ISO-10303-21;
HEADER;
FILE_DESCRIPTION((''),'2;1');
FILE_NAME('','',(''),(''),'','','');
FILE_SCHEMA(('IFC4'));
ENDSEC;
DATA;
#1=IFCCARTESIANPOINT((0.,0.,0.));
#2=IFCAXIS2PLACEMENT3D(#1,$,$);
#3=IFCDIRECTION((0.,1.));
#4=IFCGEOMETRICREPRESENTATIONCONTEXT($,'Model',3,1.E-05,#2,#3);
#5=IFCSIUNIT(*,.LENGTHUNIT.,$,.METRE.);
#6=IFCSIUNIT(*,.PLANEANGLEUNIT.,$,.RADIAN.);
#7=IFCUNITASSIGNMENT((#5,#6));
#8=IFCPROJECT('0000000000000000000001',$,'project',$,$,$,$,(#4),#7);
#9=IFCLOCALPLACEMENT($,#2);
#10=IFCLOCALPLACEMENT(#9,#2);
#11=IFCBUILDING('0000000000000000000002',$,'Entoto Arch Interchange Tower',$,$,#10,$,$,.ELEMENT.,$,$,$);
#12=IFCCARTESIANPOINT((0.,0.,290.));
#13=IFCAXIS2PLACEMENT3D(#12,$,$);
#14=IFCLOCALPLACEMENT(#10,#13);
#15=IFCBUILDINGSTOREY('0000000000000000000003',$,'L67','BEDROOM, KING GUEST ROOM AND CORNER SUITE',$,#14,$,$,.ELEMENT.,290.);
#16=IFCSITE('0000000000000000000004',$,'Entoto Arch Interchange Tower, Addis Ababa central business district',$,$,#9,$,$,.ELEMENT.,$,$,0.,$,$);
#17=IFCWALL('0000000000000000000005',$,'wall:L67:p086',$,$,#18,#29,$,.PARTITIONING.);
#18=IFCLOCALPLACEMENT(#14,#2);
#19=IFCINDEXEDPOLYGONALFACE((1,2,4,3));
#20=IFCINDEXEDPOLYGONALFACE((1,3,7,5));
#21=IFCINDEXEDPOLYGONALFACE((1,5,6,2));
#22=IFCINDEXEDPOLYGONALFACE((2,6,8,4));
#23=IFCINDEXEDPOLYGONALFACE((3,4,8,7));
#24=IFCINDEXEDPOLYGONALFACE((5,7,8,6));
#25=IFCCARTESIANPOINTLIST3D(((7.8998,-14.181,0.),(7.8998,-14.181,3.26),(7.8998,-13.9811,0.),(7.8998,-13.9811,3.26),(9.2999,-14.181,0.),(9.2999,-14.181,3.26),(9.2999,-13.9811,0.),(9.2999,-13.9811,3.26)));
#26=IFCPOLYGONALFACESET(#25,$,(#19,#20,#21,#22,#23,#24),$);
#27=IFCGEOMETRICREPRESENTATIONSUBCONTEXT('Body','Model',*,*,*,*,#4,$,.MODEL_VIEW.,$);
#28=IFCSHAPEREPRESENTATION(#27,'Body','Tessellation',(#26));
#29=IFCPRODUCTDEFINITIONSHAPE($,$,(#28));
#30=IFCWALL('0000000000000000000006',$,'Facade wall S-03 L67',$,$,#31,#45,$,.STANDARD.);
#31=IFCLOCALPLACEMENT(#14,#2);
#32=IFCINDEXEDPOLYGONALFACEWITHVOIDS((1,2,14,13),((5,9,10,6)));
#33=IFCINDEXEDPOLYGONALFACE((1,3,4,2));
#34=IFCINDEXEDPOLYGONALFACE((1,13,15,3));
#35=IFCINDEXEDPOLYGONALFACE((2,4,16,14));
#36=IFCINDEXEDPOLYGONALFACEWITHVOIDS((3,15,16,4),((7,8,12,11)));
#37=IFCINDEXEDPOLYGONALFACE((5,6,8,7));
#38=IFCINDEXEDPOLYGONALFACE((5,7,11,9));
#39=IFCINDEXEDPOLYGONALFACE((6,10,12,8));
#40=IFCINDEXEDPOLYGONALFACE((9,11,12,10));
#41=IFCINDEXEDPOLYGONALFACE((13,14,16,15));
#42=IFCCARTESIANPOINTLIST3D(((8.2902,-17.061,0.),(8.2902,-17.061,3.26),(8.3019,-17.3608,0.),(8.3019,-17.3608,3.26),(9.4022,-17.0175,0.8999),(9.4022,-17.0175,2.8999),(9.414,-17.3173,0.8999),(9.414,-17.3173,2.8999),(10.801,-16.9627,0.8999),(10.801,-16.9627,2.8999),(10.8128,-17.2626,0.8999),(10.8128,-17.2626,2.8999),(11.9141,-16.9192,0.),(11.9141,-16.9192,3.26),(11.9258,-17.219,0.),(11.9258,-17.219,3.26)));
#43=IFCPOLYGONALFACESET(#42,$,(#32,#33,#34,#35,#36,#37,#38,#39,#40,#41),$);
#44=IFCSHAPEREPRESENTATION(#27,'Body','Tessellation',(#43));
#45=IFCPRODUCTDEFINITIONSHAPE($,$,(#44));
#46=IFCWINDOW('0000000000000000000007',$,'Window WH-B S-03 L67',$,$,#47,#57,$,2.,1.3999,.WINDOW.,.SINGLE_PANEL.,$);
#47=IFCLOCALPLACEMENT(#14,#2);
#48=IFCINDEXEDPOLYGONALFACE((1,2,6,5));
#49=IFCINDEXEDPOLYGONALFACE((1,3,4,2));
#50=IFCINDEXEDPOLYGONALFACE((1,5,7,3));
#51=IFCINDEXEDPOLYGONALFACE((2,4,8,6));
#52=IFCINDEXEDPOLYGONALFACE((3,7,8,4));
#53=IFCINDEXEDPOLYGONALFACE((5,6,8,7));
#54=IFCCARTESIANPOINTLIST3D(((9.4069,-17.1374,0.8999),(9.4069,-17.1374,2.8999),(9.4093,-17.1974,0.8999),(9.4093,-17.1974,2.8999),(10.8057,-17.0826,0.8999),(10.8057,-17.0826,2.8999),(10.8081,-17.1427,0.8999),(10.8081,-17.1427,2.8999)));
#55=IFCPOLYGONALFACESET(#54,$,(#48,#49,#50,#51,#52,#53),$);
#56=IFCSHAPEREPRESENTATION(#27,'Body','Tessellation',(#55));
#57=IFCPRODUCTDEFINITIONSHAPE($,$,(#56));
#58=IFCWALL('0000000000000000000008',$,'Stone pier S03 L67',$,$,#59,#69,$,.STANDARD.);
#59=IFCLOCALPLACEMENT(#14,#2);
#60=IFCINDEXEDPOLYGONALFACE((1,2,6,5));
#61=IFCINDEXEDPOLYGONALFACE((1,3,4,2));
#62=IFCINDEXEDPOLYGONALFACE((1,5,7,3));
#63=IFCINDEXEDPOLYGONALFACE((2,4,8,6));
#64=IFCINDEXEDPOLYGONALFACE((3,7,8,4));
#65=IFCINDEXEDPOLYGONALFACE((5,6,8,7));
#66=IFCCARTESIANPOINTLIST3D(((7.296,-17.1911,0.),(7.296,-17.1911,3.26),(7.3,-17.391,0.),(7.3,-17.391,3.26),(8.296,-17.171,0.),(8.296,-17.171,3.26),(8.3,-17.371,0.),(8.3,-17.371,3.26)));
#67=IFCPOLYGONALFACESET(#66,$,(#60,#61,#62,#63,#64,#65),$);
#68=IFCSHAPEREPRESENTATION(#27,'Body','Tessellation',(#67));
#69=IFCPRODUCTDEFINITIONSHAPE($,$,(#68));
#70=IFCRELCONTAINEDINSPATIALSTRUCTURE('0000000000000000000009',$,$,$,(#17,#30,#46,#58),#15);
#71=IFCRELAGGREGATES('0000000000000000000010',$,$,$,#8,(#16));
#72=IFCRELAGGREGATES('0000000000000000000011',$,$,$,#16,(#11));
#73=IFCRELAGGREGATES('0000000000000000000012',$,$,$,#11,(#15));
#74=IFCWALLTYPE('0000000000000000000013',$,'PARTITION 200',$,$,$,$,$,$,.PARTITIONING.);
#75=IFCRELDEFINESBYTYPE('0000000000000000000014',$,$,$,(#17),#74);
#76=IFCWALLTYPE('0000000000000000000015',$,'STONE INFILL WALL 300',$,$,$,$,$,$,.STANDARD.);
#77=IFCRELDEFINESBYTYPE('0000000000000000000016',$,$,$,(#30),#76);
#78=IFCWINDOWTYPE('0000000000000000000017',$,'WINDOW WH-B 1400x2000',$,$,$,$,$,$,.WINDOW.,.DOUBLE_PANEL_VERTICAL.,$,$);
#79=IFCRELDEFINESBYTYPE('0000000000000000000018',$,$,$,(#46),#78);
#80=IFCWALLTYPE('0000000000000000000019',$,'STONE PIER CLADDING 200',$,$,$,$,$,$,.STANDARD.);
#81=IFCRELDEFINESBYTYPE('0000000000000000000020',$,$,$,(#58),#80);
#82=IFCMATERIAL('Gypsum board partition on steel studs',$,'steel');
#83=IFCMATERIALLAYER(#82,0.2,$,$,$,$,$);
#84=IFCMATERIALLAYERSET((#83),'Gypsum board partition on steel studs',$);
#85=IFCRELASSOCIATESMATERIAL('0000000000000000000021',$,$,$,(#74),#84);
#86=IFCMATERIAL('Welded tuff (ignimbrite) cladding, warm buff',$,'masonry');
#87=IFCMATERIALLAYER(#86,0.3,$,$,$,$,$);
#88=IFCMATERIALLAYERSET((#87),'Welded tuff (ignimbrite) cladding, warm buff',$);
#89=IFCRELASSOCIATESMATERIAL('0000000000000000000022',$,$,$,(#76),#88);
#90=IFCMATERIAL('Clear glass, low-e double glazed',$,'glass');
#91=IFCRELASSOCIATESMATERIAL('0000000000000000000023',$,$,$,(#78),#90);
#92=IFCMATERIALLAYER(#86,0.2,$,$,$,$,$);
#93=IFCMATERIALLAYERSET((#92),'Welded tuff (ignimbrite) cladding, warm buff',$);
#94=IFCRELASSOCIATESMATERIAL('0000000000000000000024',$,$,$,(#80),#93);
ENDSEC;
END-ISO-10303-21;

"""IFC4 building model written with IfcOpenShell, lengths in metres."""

from ifc_helpers import new_model, si_unit, direction, frame, frame_2d, origin, place, context, subcontext, project, spatial, rectangle, extrude, material, layer, layer_set, type_object, element, fill, save


model = new_model("IFC4")

# Units and contexts
model_context = context("Model", 3, precision=1e-05, world=origin(), true_north=direction((0.0, 1.0)))
body_context = subcontext(model_context, "Body", "Model", "MODEL_VIEW")
ifc_project = project(units=[si_unit("LENGTHUNIT", "METRE"), si_unit("PLANEANGLEUNIT", "RADIAN")], contexts=[model_context])

# Site, building, storey
site_placement = place(None, origin())
site = spatial("IfcSite", under=ifc_project, at=site_placement, Name="Entoto Arch Interchange Tower, Addis Ababa central business district", CompositionType="ELEMENT", RefElevation=0.0)
building_placement = place(site_placement, origin())
building = spatial("IfcBuilding", under=site, at=building_placement, Name="Entoto Arch Interchange Tower", CompositionType="ELEMENT")
storey_placement = place(building_placement, frame((0.0, 0.0, 290.0)))
storey = spatial("IfcBuildingStorey", under=building, at=storey_placement, Name="L67", Description="BEDROOM, KING GUEST ROOM AND CORNER SUITE", CompositionType="ELEMENT", Elevation=290.0)

# Shared definitions
ifc_material_1 = material(Name="Clear glass, low-e double glazed", Category="glass")

# Wall
ifc_material_2 = material(Name="Gypsum board partition on steel studs", Category="steel")
ifc_layer_1 = layer(ifc_material_2, 0.2)
ifc_layer_set_1 = layer_set([ifc_layer_1], Name="Gypsum board partition on steel studs")
wall_type_1 = type_object("IfcWallType", Name="PARTITION 200", PredefinedType="PARTITIONING", material=ifc_layer_set_1)
wall_1_placement = place(storey_placement, frame((9.3, -14.0811, 0.0), z_axis=(0.0, 0.0, 1.0), x_axis=(-1.0, 0.0, 0.0)))
element("IfcWall", 1, at=wall_1_placement, inside=storey, type_object=wall_type_1, Name="wall:L67:p086", PredefinedType="PARTITIONING", context=body_context, shape_type="SweptSolid", body=[
    extrude(rectangle(XDim=1.4001, YDim=0.2, at=frame_2d((0.7002, 0.0))), origin(), (0.0, 0.0, 1.0), 3.26),
])

# Wall, opening, window
ifc_material_3 = material(Name="Welded tuff (ignimbrite) cladding, warm buff", Category="masonry")
ifc_layer_2 = layer(ifc_material_3, 0.3)
ifc_layer_set_2 = layer_set([ifc_layer_2], Name="Welded tuff (ignimbrite) cladding, warm buff")
wall_type_2 = type_object("IfcWallType", Name="STONE INFILL WALL 300", PredefinedType="STANDARD", material=ifc_layer_set_2)
wall_2_placement = place(storey_placement, frame((8.2959, -17.2109, 0.0), z_axis=(0.0, 0.0, 1.0), x_axis=(0.999235, 0.03911, 0.0)))
wall_2 = element("IfcWall", 2, at=wall_2_placement, inside=storey, type_object=wall_type_2, Name="Facade wall S-03 L67", PredefinedType="STANDARD", context=body_context, shape_type="SweptSolid", body=[
    extrude(rectangle(XDim=3.6267, YDim=0.3, at=frame_2d((1.8135, 0.0))), origin(), (0.0, 0.0, 1.0), 3.26),
])
opening_placement = place(wall_2_placement, frame((1.113, 0.0, 0.8999)))
opening = element("IfcOpeningElement", 3, at=opening_placement, cuts=wall_2, PredefinedType="OPENING", context=body_context, shape_type="SweptSolid", body=[
    extrude(rectangle(XDim=1.3999, YDim=2.0, at=frame_2d((0.7, 1.0))), frame((0.0, 0.1602, 0.0), z_axis=(0.0, -1.0, 0.0), x_axis=(1.0, 0.0, 0.0)), (0.0, 0.0, 1.0), 0.3201),
])
window_type = type_object("IfcWindowType", Name="WINDOW WH-B 1400x2000", PartitioningType="DOUBLE_PANEL_VERTICAL", PredefinedType="WINDOW", material=ifc_material_1)
window_placement = place(opening_placement, origin())
window = element("IfcWindow", 4, at=window_placement, inside=storey, type_object=window_type, Name="Window WH-B S-03 L67", OverallHeight=2.0, OverallWidth=1.3999, PartitioningType="SINGLE_PANEL", PredefinedType="WINDOW", context=body_context, shape_type="SweptSolid", body=[
    extrude(rectangle(XDim=1.3999, YDim=2.0, at=frame_2d((0.7, 1.0))), frame((0.0, 0.03, 0.0), z_axis=(0.0, -1.0, 0.0), x_axis=(1.0, 0.0, 0.0)), (0.0, 0.0, 1.0), 0.0601),
])
fill(opening, window)

# Wall
ifc_layer_3 = layer(ifc_material_3, 0.2)
ifc_layer_set_3 = layer_set([ifc_layer_3], Name="Welded tuff (ignimbrite) cladding, warm buff")
wall_type_3 = type_object("IfcWallType", Name="STONE PIER CLADDING 200", PredefinedType="STANDARD", material=ifc_layer_set_3)
wall_3_placement = place(storey_placement, frame((7.2981, -17.291, 0.0), z_axis=(0.0, 0.0, 1.0), x_axis=(0.9998, 0.020016, 0.0)))
element("IfcWall", 5, at=wall_3_placement, inside=storey, type_object=wall_type_3, Name="Stone pier S03 L67", PredefinedType="STANDARD", context=body_context, shape_type="SweptSolid", body=[
    extrude(rectangle(XDim=1.0002, YDim=0.2, at=frame_2d((0.5, 0.0))), origin(), (0.0, 0.0, 1.0), 3.26),
])

save(model, "model.ifc")
